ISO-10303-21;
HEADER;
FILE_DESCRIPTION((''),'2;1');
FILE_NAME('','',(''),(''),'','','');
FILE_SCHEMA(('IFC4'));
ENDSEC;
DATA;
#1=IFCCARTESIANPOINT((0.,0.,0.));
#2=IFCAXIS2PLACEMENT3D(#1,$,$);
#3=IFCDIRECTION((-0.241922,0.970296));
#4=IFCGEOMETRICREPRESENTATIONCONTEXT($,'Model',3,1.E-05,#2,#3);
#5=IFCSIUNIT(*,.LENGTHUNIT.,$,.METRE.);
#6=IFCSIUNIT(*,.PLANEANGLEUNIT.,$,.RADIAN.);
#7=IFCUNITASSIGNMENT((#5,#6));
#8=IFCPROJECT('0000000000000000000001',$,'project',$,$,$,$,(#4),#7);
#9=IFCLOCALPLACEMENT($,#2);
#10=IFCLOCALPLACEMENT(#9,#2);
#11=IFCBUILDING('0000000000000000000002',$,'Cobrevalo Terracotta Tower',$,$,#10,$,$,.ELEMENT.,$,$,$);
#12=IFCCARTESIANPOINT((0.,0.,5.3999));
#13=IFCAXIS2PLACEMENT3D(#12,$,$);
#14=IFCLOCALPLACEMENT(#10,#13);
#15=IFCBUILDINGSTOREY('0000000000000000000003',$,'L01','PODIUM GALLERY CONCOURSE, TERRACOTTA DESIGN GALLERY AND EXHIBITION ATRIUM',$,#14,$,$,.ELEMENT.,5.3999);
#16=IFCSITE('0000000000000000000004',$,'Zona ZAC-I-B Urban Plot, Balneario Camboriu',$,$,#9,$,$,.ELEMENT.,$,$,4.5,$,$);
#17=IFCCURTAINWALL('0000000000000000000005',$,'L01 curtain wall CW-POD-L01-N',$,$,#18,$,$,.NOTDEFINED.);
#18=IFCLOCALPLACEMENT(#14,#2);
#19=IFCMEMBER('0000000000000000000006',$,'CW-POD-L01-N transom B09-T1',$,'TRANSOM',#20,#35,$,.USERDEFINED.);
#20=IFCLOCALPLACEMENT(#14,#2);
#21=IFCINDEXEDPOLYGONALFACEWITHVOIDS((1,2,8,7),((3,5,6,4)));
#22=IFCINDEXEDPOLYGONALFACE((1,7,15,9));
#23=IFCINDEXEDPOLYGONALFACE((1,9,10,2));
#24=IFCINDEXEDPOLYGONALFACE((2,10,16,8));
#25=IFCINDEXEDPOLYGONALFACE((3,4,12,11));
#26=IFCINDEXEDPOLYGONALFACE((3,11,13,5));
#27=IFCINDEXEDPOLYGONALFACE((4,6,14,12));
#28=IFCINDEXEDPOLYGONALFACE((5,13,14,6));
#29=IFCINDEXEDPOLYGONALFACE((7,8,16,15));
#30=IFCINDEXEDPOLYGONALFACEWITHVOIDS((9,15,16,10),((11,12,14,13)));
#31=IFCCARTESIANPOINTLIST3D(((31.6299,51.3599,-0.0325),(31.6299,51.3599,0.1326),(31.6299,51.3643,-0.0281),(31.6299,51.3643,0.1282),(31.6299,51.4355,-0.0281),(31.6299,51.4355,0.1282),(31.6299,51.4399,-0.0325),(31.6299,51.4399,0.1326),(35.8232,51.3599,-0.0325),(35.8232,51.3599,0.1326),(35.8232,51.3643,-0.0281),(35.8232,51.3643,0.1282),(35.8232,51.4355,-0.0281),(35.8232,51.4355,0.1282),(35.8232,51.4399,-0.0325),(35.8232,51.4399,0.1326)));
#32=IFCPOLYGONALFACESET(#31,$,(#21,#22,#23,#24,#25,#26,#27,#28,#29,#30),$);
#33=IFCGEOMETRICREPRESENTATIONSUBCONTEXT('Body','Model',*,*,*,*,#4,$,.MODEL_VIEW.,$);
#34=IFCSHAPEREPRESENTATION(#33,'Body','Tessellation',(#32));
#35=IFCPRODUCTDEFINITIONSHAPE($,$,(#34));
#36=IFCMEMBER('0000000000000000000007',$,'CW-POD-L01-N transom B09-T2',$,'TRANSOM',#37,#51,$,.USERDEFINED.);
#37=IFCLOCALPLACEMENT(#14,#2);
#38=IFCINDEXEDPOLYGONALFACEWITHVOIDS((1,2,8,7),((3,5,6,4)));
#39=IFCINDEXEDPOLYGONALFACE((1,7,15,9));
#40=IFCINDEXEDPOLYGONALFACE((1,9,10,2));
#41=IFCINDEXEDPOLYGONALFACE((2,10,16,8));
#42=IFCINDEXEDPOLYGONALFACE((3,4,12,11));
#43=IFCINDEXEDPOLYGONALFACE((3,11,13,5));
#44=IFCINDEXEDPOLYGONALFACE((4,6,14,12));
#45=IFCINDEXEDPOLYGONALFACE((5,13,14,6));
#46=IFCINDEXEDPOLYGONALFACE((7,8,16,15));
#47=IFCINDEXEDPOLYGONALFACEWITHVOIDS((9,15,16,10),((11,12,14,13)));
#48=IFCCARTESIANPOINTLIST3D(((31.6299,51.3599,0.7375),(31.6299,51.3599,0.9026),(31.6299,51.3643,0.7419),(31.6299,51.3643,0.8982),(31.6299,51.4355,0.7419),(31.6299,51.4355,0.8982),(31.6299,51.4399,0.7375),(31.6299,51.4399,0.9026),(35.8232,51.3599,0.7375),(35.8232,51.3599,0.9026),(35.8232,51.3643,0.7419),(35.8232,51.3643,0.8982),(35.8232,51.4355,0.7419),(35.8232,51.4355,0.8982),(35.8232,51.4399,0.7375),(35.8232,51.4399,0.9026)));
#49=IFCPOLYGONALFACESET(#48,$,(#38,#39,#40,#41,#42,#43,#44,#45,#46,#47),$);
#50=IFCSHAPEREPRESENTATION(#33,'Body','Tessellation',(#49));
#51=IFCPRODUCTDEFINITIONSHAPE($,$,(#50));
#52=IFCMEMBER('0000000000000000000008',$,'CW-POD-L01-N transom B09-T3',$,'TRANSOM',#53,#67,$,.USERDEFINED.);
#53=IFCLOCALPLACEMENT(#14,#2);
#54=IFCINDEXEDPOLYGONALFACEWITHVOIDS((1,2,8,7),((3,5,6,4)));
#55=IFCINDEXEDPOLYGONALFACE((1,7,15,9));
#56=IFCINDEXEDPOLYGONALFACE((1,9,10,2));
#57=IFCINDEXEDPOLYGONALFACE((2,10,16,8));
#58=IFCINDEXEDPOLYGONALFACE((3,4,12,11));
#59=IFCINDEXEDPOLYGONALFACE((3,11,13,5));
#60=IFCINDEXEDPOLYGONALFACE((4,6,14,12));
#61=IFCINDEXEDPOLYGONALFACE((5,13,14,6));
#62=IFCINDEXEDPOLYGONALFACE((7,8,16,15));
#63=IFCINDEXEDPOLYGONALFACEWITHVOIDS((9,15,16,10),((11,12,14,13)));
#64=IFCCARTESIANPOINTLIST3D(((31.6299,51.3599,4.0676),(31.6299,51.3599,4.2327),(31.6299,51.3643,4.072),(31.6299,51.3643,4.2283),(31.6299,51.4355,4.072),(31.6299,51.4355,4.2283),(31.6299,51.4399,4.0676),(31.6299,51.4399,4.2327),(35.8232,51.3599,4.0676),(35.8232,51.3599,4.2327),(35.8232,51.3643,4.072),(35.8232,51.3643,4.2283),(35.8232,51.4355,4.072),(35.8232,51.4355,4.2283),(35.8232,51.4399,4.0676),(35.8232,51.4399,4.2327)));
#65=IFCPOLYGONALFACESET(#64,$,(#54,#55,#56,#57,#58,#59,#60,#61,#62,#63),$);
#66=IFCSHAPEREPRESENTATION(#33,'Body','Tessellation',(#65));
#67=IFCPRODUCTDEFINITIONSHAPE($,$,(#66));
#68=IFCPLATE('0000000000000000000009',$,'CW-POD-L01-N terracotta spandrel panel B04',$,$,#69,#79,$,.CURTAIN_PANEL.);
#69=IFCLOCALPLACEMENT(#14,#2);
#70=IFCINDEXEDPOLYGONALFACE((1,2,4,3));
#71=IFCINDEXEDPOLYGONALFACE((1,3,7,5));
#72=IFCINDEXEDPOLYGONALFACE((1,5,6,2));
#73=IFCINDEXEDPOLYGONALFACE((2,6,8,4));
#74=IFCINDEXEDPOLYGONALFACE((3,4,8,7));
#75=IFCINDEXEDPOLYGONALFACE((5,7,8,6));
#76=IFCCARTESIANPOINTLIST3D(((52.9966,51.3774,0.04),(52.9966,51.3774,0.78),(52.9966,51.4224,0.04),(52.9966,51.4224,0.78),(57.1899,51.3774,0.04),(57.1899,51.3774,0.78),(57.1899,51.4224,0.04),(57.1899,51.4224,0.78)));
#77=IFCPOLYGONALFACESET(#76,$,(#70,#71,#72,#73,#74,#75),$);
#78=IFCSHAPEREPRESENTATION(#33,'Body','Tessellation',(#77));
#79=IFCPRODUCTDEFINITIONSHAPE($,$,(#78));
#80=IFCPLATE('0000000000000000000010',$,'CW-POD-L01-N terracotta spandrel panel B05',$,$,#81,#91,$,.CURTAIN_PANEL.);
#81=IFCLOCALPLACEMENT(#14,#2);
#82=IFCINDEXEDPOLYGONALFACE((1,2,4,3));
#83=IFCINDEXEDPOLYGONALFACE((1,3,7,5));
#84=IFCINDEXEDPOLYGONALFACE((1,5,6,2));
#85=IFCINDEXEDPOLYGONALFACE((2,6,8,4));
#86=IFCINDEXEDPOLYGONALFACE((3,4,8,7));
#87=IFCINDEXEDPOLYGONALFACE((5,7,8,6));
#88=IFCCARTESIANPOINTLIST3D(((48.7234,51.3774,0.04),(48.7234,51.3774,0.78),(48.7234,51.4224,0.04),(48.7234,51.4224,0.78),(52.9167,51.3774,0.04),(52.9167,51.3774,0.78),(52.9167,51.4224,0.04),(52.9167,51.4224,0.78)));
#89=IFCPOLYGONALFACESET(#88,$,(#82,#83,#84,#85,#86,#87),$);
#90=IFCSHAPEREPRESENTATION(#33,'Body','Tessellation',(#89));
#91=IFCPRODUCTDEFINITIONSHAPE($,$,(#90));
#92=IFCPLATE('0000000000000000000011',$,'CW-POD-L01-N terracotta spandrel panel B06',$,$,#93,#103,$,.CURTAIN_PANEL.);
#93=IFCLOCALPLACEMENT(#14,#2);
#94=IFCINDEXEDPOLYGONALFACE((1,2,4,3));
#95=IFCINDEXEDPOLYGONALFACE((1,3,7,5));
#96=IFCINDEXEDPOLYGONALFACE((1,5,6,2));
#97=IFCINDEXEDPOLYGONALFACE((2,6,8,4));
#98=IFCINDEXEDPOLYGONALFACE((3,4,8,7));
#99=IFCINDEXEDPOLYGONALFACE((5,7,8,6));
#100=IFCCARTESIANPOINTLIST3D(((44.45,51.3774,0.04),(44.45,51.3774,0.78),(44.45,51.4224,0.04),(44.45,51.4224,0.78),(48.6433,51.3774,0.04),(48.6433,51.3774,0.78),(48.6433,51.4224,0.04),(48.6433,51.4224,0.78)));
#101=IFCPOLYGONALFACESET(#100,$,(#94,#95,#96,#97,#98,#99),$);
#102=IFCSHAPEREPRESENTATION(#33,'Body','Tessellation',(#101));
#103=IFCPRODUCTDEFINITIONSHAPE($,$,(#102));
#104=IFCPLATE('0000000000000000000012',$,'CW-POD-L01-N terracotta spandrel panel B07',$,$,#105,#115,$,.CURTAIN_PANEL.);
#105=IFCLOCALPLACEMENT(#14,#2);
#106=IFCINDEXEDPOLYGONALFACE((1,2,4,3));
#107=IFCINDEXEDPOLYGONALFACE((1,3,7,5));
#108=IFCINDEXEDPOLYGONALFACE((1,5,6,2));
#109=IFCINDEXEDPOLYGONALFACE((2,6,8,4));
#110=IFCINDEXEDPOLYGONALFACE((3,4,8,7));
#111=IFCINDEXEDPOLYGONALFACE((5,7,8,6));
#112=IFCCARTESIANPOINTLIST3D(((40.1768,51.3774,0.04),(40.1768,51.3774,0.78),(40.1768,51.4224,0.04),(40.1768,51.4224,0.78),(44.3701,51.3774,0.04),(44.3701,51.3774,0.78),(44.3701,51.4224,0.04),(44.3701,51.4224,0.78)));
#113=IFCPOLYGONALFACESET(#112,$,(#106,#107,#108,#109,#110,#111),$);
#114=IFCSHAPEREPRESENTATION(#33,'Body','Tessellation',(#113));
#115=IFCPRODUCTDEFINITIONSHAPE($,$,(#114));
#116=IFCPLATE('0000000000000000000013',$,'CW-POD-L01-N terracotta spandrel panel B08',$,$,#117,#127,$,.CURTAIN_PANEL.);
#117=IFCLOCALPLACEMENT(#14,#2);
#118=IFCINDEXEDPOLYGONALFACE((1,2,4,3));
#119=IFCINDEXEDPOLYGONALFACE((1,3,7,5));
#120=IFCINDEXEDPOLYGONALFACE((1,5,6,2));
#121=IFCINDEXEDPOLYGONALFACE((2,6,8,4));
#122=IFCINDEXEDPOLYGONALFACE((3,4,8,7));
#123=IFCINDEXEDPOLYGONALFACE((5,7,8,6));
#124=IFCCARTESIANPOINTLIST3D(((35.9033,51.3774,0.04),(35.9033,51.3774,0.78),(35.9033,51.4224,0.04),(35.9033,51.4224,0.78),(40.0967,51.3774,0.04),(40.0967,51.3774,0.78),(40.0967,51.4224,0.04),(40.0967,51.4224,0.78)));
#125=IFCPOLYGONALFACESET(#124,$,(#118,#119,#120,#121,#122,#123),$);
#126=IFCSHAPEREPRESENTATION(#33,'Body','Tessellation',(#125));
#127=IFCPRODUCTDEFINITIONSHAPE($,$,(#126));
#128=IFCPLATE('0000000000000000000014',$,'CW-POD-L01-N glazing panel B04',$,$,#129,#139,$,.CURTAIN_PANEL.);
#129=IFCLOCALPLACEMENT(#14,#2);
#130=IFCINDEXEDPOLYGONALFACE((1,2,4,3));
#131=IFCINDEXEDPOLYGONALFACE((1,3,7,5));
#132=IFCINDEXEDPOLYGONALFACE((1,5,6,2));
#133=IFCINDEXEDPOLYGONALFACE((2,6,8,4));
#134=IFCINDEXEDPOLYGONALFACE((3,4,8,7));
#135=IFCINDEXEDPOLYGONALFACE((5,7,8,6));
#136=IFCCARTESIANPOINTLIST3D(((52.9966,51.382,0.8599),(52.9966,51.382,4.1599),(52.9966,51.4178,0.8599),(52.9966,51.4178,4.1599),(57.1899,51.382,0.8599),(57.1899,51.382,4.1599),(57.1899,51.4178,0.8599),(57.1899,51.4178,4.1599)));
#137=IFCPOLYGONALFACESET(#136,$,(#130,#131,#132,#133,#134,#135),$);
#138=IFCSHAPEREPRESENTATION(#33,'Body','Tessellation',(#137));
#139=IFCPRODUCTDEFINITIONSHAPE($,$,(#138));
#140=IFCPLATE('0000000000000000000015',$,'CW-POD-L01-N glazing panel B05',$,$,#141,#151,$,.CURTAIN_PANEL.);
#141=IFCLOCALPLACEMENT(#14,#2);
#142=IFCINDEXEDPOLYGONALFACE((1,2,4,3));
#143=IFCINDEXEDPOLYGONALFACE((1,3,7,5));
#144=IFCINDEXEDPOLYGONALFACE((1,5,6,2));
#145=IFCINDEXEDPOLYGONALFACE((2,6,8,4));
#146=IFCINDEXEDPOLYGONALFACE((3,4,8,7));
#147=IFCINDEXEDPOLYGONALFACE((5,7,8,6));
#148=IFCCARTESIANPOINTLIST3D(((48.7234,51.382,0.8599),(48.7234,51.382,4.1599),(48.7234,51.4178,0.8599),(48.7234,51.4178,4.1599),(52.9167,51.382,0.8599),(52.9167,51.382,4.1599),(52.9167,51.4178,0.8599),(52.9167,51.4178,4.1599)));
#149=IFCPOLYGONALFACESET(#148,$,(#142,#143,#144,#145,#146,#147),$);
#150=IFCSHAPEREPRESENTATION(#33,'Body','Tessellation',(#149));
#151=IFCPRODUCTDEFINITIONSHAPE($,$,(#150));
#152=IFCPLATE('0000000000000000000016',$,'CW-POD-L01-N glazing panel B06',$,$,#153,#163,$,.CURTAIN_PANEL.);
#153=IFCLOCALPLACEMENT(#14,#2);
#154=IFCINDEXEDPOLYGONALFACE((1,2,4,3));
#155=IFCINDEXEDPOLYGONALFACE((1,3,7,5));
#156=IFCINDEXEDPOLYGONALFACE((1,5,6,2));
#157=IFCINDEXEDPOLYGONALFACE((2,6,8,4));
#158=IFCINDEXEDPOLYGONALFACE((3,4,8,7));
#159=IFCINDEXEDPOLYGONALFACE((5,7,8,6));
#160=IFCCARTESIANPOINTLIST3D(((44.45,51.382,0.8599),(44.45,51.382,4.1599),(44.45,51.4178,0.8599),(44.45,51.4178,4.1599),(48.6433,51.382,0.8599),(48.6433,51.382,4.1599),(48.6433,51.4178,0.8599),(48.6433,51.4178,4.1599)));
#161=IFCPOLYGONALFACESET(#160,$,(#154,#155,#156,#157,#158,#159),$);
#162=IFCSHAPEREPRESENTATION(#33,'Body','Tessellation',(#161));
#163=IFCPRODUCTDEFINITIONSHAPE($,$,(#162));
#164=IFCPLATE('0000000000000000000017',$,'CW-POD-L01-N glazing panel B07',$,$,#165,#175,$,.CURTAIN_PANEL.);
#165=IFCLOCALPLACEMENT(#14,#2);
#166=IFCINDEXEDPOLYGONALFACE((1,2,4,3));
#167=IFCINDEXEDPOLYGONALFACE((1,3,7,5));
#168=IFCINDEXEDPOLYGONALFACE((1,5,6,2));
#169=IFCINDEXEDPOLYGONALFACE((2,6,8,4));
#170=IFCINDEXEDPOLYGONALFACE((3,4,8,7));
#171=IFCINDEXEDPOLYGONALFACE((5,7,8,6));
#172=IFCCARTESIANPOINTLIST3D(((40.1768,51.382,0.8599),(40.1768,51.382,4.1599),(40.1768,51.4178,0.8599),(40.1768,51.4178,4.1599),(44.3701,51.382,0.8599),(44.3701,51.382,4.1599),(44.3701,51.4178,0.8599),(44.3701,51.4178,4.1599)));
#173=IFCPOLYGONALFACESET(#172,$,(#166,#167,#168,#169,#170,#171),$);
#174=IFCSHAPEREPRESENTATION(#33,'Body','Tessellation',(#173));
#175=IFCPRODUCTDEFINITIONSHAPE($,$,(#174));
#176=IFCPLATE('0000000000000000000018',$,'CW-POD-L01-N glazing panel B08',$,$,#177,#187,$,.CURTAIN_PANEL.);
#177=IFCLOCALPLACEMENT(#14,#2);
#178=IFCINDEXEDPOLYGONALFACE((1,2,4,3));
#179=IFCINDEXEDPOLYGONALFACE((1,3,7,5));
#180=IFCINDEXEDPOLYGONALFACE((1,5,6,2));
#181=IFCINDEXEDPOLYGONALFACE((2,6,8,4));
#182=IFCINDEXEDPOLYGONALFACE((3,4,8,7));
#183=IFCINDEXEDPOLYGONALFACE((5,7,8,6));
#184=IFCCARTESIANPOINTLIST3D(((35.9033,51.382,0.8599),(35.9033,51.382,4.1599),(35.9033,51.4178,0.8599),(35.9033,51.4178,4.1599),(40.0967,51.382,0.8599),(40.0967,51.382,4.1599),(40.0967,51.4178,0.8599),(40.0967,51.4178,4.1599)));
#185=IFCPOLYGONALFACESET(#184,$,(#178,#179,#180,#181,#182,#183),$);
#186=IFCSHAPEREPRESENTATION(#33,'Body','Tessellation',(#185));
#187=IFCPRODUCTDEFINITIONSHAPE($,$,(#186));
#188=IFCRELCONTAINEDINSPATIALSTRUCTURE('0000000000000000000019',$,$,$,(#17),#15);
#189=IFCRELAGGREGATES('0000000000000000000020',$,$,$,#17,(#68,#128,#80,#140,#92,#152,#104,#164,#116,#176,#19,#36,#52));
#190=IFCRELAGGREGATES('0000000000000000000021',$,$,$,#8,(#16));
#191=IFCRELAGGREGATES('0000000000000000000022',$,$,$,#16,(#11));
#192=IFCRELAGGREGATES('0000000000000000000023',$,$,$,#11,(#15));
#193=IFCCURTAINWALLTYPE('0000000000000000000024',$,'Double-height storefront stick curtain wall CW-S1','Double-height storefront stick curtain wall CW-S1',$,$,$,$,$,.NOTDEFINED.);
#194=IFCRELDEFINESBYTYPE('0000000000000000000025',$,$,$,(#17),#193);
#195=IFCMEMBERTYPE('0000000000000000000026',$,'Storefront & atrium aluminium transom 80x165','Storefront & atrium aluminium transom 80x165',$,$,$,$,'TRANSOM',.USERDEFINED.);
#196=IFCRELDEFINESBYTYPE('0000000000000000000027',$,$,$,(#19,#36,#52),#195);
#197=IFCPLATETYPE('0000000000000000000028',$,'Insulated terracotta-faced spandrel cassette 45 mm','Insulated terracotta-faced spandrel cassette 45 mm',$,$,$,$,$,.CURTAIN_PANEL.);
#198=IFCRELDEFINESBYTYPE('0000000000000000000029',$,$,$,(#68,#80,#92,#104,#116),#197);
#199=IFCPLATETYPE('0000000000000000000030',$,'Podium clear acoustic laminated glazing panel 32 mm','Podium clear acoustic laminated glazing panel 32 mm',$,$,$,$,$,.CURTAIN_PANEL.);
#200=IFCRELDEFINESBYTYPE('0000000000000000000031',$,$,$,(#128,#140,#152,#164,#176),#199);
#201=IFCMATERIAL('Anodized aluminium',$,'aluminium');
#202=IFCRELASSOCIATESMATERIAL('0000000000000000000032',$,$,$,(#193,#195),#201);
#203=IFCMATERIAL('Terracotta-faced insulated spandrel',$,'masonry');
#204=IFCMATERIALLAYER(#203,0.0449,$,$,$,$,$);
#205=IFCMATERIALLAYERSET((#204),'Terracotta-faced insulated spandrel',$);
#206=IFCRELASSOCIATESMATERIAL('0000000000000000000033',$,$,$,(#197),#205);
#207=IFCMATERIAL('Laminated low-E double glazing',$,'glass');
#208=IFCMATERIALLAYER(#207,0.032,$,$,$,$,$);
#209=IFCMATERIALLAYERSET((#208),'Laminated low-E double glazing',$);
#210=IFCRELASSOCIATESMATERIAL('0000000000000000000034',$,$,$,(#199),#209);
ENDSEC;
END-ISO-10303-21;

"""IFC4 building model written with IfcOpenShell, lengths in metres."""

from ifc_helpers import new_model, si_unit, direction, frame, origin, origin_2d, place, context, subcontext, project, spatial, rectangle, hollow_rectangle, extrude, source, transform, mapped, material, layer, layer_set, material_profile, profile_set, type_object, element, aggregate, save


model = new_model("IFC4")

# Units and contexts
model_context = context("Model", 3, precision=1e-05, world=origin(), true_north=direction((-0.241922, 0.970296)))
body_context = subcontext(model_context, "Body", "Model", "MODEL_VIEW")
ifc_project = project(units=[si_unit("LENGTHUNIT", "METRE"), si_unit("PLANEANGLEUNIT", "RADIAN")], contexts=[model_context])

# Site, building, storey
site_placement = place(None, origin())
site = spatial("IfcSite", under=ifc_project, at=site_placement, Name="Zona ZAC-I-B Urban Plot, Balneario Camboriu", CompositionType="ELEMENT", RefElevation=4.5)
building_placement = place(site_placement, origin())
building = spatial("IfcBuilding", under=site, at=building_placement, Name="Cobrevalo Terracotta Tower", CompositionType="ELEMENT")
storey_placement = place(building_placement, frame((0.0, 0.0, 5.3999)))
storey = spatial("IfcBuildingStorey", under=building, at=storey_placement, Name="L01", Description="PODIUM GALLERY CONCOURSE, TERRACOTTA DESIGN GALLERY AND EXHIBITION ATRIUM", CompositionType="ELEMENT", Elevation=5.3999)

# Curtain wall, members, plates
ifc_material_1 = material(Name="Anodized aluminium", Category="aluminium")
curtain_wall_type = type_object("IfcCurtainWallType", Name="Double-height storefront stick curtain wall CW-S1", Description="Double-height storefront stick curtain wall CW-S1", PredefinedType="NOTDEFINED", material=ifc_material_1)
curtain_wall_placement = place(storey_placement, origin())
curtain_wall = element("IfcCurtainWall", 1, at=curtain_wall_placement, inside=storey, type_object=curtain_wall_type, Name="L01 curtain wall CW-POD-L01-N", PredefinedType="NOTDEFINED")
ifc_material_profile_1 = material_profile(ifc_material_1, hollow_rectangle(XDim=0.0801, YDim=0.165, WallThickness=0.0044, at=origin_2d()), Name="CWT 80x165")
ifc_profile_set_1 = profile_set([ifc_material_profile_1], Name="Anodized aluminium")
member_type_1 = type_object("IfcMemberType", Name="Storefront & atrium aluminium transom 80x165", Description="Storefront & atrium aluminium transom 80x165", ElementType="TRANSOM", PredefinedType="USERDEFINED", material=ifc_profile_set_1)
shared_shape_1 = source(origin(), body_context, "Body", "SweptSolid", [
    extrude(hollow_rectangle(XDim=0.0801, YDim=0.165, WallThickness=0.0044, at=origin_2d()), origin(), (0.0, 0.0, 1.0), 4.1934),
])
member_1_placement = place(storey_placement, frame((35.8232, 51.3999, 0.05), z_axis=(-1.0, 0.0, 0.0), x_axis=(0.0, -1.0, 0.0)))
member_1 = element("IfcMember", 2, at=member_1_placement, type_object=member_type_1, Name="CW-POD-L01-N transom B09-T1", ObjectType="TRANSOM", PredefinedType="USERDEFINED", context=body_context, shape_type="MappedRepresentation", body=[
    mapped(shared_shape_1, transform((0.0, 0.0, 0.0), scale=1.0)),
])
member_2_placement = place(storey_placement, frame((35.8232, 51.3999, 0.8201), z_axis=(-1.0, 0.0, 0.0), x_axis=(0.0, -1.0, 0.0)))
member_2 = element("IfcMember", 3, at=member_2_placement, type_object=member_type_1, Name="CW-POD-L01-N transom B09-T2", ObjectType="TRANSOM", PredefinedType="USERDEFINED", context=body_context, shape_type="MappedRepresentation", body=[
    mapped(shared_shape_1, transform((0.0, 0.0, 0.0), scale=1.0)),
])
member_3_placement = place(storey_placement, frame((35.8232, 51.3999, 4.1501), z_axis=(-1.0, 0.0, 0.0), x_axis=(0.0, -1.0, 0.0)))
member_3 = element("IfcMember", 4, at=member_3_placement, type_object=member_type_1, Name="CW-POD-L01-N transom B09-T3", ObjectType="TRANSOM", PredefinedType="USERDEFINED", context=body_context, shape_type="MappedRepresentation", body=[
    mapped(shared_shape_1, transform((0.0, 0.0, 0.0), scale=1.0)),
])
ifc_material_2 = material(Name="Terracotta-faced insulated spandrel", Category="masonry")
ifc_layer_1 = layer(ifc_material_2, 0.0449)
ifc_layer_set_1 = layer_set([ifc_layer_1], Name="Terracotta-faced insulated spandrel")
plate_type_1 = type_object("IfcPlateType", Name="Insulated terracotta-faced spandrel cassette 45 mm", Description="Insulated terracotta-faced spandrel cassette 45 mm", PredefinedType="CURTAIN_PANEL", material=ifc_layer_set_1)
shared_shape_2 = source(origin(), body_context, "Body", "SweptSolid", [
    extrude(rectangle(XDim=4.1934, YDim=0.0449, at=origin_2d()), origin(), (0.0, 0.0, 1.0), 0.74),
])
plate_1_placement = place(storey_placement, frame((55.0933, 51.3999, 0.04), z_axis=(0.0, 0.0, 1.0), x_axis=(-1.0, 0.0, 0.0)))
plate_1 = element("IfcPlate", 5, at=plate_1_placement, type_object=plate_type_1, Name="CW-POD-L01-N terracotta spandrel panel B04", PredefinedType="CURTAIN_PANEL", context=body_context, shape_type="MappedRepresentation", body=[
    mapped(shared_shape_2, transform((0.0, 0.0, 0.0), scale=1.0)),
])
plate_2_placement = place(storey_placement, frame((50.8201, 51.3999, 0.04), z_axis=(0.0, 0.0, 1.0), x_axis=(-1.0, 0.0, 0.0)))
plate_2 = element("IfcPlate", 6, at=plate_2_placement, type_object=plate_type_1, Name="CW-POD-L01-N terracotta spandrel panel B05", PredefinedType="CURTAIN_PANEL", context=body_context, shape_type="MappedRepresentation", body=[
    mapped(shared_shape_2, transform((0.0, 0.0, 0.0), scale=1.0)),
])
plate_3_placement = place(storey_placement, frame((46.5466, 51.3999, 0.04), z_axis=(0.0, 0.0, 1.0), x_axis=(-1.0, 0.0, 0.0)))
plate_3 = element("IfcPlate", 7, at=plate_3_placement, type_object=plate_type_1, Name="CW-POD-L01-N terracotta spandrel panel B06", PredefinedType="CURTAIN_PANEL", context=body_context, shape_type="MappedRepresentation", body=[
    mapped(shared_shape_2, transform((0.0, 0.0, 0.0), scale=1.0)),
])
plate_4_placement = place(storey_placement, frame((42.2734, 51.3999, 0.04), z_axis=(0.0, 0.0, 1.0), x_axis=(-1.0, 0.0, 0.0)))
plate_4 = element("IfcPlate", 8, at=plate_4_placement, type_object=plate_type_1, Name="CW-POD-L01-N terracotta spandrel panel B07", PredefinedType="CURTAIN_PANEL", context=body_context, shape_type="MappedRepresentation", body=[
    mapped(shared_shape_2, transform((0.0, 0.0, 0.0), scale=1.0)),
])
plate_5_placement = place(storey_placement, frame((38.0, 51.3999, 0.04), z_axis=(0.0, 0.0, 1.0), x_axis=(-1.0, 0.0, 0.0)))
plate_5 = element("IfcPlate", 9, at=plate_5_placement, type_object=plate_type_1, Name="CW-POD-L01-N terracotta spandrel panel B08", PredefinedType="CURTAIN_PANEL", context=body_context, shape_type="MappedRepresentation", body=[
    mapped(shared_shape_2, transform((0.0, 0.0, 0.0), scale=1.0)),
])
ifc_material_3 = material(Name="Laminated low-E double glazing", Category="glass")
ifc_layer_2 = layer(ifc_material_3, 0.032)
ifc_layer_set_2 = layer_set([ifc_layer_2], Name="Laminated low-E double glazing")
plate_type_2 = type_object("IfcPlateType", Name="Podium clear acoustic laminated glazing panel 32 mm", Description="Podium clear acoustic laminated glazing panel 32 mm", PredefinedType="CURTAIN_PANEL", material=ifc_layer_set_2)
shared_shape_3 = source(origin(), body_context, "Body", "SweptSolid", [
    extrude(rectangle(XDim=4.1934, YDim=0.0359, at=origin_2d()), origin(), (0.0, 0.0, 1.0), 3.3),
])
plate_6_placement = place(storey_placement, frame((55.0933, 51.3999, 0.8599), z_axis=(0.0, 0.0, 1.0), x_axis=(-1.0, 0.0, 0.0)))
plate_6 = element("IfcPlate", 10, at=plate_6_placement, type_object=plate_type_2, Name="CW-POD-L01-N glazing panel B04", PredefinedType="CURTAIN_PANEL", context=body_context, shape_type="MappedRepresentation", body=[
    mapped(shared_shape_3, transform((0.0, 0.0, 0.0), scale=1.0)),
])
plate_7_placement = place(storey_placement, frame((50.8201, 51.3999, 0.8599), z_axis=(0.0, 0.0, 1.0), x_axis=(-1.0, 0.0, 0.0)))
plate_7 = element("IfcPlate", 11, at=plate_7_placement, type_object=plate_type_2, Name="CW-POD-L01-N glazing panel B05", PredefinedType="CURTAIN_PANEL", context=body_context, shape_type="MappedRepresentation", body=[
    mapped(shared_shape_3, transform((0.0, 0.0, 0.0), scale=1.0)),
])
plate_8_placement = place(storey_placement, frame((46.5466, 51.3999, 0.8599), z_axis=(0.0, 0.0, 1.0), x_axis=(-1.0, 0.0, 0.0)))
plate_8 = element("IfcPlate", 12, at=plate_8_placement, type_object=plate_type_2, Name="CW-POD-L01-N glazing panel B06", PredefinedType="CURTAIN_PANEL", context=body_context, shape_type="MappedRepresentation", body=[
    mapped(shared_shape_3, transform((0.0, 0.0, 0.0), scale=1.0)),
])
plate_9_placement = place(storey_placement, frame((42.2734, 51.3999, 0.8599), z_axis=(0.0, 0.0, 1.0), x_axis=(-1.0, 0.0, 0.0)))
plate_9 = element("IfcPlate", 13, at=plate_9_placement, type_object=plate_type_2, Name="CW-POD-L01-N glazing panel B07", PredefinedType="CURTAIN_PANEL", context=body_context, shape_type="MappedRepresentation", body=[
    mapped(shared_shape_3, transform((0.0, 0.0, 0.0), scale=1.0)),
])
plate_10_placement = place(storey_placement, frame((38.0, 51.3999, 0.8599), z_axis=(0.0, 0.0, 1.0), x_axis=(-1.0, 0.0, 0.0)))
plate_10 = element("IfcPlate", 14, at=plate_10_placement, type_object=plate_type_2, Name="CW-POD-L01-N glazing panel B08", PredefinedType="CURTAIN_PANEL", context=body_context, shape_type="MappedRepresentation", body=[
    mapped(shared_shape_3, transform((0.0, 0.0, 0.0), scale=1.0)),
])
aggregate(curtain_wall, [plate_1, plate_6, plate_2, plate_7, plate_3, plate_8, plate_4, plate_9, plate_5, plate_10, member_1, member_2, member_3])

save(model, "model.ifc")
